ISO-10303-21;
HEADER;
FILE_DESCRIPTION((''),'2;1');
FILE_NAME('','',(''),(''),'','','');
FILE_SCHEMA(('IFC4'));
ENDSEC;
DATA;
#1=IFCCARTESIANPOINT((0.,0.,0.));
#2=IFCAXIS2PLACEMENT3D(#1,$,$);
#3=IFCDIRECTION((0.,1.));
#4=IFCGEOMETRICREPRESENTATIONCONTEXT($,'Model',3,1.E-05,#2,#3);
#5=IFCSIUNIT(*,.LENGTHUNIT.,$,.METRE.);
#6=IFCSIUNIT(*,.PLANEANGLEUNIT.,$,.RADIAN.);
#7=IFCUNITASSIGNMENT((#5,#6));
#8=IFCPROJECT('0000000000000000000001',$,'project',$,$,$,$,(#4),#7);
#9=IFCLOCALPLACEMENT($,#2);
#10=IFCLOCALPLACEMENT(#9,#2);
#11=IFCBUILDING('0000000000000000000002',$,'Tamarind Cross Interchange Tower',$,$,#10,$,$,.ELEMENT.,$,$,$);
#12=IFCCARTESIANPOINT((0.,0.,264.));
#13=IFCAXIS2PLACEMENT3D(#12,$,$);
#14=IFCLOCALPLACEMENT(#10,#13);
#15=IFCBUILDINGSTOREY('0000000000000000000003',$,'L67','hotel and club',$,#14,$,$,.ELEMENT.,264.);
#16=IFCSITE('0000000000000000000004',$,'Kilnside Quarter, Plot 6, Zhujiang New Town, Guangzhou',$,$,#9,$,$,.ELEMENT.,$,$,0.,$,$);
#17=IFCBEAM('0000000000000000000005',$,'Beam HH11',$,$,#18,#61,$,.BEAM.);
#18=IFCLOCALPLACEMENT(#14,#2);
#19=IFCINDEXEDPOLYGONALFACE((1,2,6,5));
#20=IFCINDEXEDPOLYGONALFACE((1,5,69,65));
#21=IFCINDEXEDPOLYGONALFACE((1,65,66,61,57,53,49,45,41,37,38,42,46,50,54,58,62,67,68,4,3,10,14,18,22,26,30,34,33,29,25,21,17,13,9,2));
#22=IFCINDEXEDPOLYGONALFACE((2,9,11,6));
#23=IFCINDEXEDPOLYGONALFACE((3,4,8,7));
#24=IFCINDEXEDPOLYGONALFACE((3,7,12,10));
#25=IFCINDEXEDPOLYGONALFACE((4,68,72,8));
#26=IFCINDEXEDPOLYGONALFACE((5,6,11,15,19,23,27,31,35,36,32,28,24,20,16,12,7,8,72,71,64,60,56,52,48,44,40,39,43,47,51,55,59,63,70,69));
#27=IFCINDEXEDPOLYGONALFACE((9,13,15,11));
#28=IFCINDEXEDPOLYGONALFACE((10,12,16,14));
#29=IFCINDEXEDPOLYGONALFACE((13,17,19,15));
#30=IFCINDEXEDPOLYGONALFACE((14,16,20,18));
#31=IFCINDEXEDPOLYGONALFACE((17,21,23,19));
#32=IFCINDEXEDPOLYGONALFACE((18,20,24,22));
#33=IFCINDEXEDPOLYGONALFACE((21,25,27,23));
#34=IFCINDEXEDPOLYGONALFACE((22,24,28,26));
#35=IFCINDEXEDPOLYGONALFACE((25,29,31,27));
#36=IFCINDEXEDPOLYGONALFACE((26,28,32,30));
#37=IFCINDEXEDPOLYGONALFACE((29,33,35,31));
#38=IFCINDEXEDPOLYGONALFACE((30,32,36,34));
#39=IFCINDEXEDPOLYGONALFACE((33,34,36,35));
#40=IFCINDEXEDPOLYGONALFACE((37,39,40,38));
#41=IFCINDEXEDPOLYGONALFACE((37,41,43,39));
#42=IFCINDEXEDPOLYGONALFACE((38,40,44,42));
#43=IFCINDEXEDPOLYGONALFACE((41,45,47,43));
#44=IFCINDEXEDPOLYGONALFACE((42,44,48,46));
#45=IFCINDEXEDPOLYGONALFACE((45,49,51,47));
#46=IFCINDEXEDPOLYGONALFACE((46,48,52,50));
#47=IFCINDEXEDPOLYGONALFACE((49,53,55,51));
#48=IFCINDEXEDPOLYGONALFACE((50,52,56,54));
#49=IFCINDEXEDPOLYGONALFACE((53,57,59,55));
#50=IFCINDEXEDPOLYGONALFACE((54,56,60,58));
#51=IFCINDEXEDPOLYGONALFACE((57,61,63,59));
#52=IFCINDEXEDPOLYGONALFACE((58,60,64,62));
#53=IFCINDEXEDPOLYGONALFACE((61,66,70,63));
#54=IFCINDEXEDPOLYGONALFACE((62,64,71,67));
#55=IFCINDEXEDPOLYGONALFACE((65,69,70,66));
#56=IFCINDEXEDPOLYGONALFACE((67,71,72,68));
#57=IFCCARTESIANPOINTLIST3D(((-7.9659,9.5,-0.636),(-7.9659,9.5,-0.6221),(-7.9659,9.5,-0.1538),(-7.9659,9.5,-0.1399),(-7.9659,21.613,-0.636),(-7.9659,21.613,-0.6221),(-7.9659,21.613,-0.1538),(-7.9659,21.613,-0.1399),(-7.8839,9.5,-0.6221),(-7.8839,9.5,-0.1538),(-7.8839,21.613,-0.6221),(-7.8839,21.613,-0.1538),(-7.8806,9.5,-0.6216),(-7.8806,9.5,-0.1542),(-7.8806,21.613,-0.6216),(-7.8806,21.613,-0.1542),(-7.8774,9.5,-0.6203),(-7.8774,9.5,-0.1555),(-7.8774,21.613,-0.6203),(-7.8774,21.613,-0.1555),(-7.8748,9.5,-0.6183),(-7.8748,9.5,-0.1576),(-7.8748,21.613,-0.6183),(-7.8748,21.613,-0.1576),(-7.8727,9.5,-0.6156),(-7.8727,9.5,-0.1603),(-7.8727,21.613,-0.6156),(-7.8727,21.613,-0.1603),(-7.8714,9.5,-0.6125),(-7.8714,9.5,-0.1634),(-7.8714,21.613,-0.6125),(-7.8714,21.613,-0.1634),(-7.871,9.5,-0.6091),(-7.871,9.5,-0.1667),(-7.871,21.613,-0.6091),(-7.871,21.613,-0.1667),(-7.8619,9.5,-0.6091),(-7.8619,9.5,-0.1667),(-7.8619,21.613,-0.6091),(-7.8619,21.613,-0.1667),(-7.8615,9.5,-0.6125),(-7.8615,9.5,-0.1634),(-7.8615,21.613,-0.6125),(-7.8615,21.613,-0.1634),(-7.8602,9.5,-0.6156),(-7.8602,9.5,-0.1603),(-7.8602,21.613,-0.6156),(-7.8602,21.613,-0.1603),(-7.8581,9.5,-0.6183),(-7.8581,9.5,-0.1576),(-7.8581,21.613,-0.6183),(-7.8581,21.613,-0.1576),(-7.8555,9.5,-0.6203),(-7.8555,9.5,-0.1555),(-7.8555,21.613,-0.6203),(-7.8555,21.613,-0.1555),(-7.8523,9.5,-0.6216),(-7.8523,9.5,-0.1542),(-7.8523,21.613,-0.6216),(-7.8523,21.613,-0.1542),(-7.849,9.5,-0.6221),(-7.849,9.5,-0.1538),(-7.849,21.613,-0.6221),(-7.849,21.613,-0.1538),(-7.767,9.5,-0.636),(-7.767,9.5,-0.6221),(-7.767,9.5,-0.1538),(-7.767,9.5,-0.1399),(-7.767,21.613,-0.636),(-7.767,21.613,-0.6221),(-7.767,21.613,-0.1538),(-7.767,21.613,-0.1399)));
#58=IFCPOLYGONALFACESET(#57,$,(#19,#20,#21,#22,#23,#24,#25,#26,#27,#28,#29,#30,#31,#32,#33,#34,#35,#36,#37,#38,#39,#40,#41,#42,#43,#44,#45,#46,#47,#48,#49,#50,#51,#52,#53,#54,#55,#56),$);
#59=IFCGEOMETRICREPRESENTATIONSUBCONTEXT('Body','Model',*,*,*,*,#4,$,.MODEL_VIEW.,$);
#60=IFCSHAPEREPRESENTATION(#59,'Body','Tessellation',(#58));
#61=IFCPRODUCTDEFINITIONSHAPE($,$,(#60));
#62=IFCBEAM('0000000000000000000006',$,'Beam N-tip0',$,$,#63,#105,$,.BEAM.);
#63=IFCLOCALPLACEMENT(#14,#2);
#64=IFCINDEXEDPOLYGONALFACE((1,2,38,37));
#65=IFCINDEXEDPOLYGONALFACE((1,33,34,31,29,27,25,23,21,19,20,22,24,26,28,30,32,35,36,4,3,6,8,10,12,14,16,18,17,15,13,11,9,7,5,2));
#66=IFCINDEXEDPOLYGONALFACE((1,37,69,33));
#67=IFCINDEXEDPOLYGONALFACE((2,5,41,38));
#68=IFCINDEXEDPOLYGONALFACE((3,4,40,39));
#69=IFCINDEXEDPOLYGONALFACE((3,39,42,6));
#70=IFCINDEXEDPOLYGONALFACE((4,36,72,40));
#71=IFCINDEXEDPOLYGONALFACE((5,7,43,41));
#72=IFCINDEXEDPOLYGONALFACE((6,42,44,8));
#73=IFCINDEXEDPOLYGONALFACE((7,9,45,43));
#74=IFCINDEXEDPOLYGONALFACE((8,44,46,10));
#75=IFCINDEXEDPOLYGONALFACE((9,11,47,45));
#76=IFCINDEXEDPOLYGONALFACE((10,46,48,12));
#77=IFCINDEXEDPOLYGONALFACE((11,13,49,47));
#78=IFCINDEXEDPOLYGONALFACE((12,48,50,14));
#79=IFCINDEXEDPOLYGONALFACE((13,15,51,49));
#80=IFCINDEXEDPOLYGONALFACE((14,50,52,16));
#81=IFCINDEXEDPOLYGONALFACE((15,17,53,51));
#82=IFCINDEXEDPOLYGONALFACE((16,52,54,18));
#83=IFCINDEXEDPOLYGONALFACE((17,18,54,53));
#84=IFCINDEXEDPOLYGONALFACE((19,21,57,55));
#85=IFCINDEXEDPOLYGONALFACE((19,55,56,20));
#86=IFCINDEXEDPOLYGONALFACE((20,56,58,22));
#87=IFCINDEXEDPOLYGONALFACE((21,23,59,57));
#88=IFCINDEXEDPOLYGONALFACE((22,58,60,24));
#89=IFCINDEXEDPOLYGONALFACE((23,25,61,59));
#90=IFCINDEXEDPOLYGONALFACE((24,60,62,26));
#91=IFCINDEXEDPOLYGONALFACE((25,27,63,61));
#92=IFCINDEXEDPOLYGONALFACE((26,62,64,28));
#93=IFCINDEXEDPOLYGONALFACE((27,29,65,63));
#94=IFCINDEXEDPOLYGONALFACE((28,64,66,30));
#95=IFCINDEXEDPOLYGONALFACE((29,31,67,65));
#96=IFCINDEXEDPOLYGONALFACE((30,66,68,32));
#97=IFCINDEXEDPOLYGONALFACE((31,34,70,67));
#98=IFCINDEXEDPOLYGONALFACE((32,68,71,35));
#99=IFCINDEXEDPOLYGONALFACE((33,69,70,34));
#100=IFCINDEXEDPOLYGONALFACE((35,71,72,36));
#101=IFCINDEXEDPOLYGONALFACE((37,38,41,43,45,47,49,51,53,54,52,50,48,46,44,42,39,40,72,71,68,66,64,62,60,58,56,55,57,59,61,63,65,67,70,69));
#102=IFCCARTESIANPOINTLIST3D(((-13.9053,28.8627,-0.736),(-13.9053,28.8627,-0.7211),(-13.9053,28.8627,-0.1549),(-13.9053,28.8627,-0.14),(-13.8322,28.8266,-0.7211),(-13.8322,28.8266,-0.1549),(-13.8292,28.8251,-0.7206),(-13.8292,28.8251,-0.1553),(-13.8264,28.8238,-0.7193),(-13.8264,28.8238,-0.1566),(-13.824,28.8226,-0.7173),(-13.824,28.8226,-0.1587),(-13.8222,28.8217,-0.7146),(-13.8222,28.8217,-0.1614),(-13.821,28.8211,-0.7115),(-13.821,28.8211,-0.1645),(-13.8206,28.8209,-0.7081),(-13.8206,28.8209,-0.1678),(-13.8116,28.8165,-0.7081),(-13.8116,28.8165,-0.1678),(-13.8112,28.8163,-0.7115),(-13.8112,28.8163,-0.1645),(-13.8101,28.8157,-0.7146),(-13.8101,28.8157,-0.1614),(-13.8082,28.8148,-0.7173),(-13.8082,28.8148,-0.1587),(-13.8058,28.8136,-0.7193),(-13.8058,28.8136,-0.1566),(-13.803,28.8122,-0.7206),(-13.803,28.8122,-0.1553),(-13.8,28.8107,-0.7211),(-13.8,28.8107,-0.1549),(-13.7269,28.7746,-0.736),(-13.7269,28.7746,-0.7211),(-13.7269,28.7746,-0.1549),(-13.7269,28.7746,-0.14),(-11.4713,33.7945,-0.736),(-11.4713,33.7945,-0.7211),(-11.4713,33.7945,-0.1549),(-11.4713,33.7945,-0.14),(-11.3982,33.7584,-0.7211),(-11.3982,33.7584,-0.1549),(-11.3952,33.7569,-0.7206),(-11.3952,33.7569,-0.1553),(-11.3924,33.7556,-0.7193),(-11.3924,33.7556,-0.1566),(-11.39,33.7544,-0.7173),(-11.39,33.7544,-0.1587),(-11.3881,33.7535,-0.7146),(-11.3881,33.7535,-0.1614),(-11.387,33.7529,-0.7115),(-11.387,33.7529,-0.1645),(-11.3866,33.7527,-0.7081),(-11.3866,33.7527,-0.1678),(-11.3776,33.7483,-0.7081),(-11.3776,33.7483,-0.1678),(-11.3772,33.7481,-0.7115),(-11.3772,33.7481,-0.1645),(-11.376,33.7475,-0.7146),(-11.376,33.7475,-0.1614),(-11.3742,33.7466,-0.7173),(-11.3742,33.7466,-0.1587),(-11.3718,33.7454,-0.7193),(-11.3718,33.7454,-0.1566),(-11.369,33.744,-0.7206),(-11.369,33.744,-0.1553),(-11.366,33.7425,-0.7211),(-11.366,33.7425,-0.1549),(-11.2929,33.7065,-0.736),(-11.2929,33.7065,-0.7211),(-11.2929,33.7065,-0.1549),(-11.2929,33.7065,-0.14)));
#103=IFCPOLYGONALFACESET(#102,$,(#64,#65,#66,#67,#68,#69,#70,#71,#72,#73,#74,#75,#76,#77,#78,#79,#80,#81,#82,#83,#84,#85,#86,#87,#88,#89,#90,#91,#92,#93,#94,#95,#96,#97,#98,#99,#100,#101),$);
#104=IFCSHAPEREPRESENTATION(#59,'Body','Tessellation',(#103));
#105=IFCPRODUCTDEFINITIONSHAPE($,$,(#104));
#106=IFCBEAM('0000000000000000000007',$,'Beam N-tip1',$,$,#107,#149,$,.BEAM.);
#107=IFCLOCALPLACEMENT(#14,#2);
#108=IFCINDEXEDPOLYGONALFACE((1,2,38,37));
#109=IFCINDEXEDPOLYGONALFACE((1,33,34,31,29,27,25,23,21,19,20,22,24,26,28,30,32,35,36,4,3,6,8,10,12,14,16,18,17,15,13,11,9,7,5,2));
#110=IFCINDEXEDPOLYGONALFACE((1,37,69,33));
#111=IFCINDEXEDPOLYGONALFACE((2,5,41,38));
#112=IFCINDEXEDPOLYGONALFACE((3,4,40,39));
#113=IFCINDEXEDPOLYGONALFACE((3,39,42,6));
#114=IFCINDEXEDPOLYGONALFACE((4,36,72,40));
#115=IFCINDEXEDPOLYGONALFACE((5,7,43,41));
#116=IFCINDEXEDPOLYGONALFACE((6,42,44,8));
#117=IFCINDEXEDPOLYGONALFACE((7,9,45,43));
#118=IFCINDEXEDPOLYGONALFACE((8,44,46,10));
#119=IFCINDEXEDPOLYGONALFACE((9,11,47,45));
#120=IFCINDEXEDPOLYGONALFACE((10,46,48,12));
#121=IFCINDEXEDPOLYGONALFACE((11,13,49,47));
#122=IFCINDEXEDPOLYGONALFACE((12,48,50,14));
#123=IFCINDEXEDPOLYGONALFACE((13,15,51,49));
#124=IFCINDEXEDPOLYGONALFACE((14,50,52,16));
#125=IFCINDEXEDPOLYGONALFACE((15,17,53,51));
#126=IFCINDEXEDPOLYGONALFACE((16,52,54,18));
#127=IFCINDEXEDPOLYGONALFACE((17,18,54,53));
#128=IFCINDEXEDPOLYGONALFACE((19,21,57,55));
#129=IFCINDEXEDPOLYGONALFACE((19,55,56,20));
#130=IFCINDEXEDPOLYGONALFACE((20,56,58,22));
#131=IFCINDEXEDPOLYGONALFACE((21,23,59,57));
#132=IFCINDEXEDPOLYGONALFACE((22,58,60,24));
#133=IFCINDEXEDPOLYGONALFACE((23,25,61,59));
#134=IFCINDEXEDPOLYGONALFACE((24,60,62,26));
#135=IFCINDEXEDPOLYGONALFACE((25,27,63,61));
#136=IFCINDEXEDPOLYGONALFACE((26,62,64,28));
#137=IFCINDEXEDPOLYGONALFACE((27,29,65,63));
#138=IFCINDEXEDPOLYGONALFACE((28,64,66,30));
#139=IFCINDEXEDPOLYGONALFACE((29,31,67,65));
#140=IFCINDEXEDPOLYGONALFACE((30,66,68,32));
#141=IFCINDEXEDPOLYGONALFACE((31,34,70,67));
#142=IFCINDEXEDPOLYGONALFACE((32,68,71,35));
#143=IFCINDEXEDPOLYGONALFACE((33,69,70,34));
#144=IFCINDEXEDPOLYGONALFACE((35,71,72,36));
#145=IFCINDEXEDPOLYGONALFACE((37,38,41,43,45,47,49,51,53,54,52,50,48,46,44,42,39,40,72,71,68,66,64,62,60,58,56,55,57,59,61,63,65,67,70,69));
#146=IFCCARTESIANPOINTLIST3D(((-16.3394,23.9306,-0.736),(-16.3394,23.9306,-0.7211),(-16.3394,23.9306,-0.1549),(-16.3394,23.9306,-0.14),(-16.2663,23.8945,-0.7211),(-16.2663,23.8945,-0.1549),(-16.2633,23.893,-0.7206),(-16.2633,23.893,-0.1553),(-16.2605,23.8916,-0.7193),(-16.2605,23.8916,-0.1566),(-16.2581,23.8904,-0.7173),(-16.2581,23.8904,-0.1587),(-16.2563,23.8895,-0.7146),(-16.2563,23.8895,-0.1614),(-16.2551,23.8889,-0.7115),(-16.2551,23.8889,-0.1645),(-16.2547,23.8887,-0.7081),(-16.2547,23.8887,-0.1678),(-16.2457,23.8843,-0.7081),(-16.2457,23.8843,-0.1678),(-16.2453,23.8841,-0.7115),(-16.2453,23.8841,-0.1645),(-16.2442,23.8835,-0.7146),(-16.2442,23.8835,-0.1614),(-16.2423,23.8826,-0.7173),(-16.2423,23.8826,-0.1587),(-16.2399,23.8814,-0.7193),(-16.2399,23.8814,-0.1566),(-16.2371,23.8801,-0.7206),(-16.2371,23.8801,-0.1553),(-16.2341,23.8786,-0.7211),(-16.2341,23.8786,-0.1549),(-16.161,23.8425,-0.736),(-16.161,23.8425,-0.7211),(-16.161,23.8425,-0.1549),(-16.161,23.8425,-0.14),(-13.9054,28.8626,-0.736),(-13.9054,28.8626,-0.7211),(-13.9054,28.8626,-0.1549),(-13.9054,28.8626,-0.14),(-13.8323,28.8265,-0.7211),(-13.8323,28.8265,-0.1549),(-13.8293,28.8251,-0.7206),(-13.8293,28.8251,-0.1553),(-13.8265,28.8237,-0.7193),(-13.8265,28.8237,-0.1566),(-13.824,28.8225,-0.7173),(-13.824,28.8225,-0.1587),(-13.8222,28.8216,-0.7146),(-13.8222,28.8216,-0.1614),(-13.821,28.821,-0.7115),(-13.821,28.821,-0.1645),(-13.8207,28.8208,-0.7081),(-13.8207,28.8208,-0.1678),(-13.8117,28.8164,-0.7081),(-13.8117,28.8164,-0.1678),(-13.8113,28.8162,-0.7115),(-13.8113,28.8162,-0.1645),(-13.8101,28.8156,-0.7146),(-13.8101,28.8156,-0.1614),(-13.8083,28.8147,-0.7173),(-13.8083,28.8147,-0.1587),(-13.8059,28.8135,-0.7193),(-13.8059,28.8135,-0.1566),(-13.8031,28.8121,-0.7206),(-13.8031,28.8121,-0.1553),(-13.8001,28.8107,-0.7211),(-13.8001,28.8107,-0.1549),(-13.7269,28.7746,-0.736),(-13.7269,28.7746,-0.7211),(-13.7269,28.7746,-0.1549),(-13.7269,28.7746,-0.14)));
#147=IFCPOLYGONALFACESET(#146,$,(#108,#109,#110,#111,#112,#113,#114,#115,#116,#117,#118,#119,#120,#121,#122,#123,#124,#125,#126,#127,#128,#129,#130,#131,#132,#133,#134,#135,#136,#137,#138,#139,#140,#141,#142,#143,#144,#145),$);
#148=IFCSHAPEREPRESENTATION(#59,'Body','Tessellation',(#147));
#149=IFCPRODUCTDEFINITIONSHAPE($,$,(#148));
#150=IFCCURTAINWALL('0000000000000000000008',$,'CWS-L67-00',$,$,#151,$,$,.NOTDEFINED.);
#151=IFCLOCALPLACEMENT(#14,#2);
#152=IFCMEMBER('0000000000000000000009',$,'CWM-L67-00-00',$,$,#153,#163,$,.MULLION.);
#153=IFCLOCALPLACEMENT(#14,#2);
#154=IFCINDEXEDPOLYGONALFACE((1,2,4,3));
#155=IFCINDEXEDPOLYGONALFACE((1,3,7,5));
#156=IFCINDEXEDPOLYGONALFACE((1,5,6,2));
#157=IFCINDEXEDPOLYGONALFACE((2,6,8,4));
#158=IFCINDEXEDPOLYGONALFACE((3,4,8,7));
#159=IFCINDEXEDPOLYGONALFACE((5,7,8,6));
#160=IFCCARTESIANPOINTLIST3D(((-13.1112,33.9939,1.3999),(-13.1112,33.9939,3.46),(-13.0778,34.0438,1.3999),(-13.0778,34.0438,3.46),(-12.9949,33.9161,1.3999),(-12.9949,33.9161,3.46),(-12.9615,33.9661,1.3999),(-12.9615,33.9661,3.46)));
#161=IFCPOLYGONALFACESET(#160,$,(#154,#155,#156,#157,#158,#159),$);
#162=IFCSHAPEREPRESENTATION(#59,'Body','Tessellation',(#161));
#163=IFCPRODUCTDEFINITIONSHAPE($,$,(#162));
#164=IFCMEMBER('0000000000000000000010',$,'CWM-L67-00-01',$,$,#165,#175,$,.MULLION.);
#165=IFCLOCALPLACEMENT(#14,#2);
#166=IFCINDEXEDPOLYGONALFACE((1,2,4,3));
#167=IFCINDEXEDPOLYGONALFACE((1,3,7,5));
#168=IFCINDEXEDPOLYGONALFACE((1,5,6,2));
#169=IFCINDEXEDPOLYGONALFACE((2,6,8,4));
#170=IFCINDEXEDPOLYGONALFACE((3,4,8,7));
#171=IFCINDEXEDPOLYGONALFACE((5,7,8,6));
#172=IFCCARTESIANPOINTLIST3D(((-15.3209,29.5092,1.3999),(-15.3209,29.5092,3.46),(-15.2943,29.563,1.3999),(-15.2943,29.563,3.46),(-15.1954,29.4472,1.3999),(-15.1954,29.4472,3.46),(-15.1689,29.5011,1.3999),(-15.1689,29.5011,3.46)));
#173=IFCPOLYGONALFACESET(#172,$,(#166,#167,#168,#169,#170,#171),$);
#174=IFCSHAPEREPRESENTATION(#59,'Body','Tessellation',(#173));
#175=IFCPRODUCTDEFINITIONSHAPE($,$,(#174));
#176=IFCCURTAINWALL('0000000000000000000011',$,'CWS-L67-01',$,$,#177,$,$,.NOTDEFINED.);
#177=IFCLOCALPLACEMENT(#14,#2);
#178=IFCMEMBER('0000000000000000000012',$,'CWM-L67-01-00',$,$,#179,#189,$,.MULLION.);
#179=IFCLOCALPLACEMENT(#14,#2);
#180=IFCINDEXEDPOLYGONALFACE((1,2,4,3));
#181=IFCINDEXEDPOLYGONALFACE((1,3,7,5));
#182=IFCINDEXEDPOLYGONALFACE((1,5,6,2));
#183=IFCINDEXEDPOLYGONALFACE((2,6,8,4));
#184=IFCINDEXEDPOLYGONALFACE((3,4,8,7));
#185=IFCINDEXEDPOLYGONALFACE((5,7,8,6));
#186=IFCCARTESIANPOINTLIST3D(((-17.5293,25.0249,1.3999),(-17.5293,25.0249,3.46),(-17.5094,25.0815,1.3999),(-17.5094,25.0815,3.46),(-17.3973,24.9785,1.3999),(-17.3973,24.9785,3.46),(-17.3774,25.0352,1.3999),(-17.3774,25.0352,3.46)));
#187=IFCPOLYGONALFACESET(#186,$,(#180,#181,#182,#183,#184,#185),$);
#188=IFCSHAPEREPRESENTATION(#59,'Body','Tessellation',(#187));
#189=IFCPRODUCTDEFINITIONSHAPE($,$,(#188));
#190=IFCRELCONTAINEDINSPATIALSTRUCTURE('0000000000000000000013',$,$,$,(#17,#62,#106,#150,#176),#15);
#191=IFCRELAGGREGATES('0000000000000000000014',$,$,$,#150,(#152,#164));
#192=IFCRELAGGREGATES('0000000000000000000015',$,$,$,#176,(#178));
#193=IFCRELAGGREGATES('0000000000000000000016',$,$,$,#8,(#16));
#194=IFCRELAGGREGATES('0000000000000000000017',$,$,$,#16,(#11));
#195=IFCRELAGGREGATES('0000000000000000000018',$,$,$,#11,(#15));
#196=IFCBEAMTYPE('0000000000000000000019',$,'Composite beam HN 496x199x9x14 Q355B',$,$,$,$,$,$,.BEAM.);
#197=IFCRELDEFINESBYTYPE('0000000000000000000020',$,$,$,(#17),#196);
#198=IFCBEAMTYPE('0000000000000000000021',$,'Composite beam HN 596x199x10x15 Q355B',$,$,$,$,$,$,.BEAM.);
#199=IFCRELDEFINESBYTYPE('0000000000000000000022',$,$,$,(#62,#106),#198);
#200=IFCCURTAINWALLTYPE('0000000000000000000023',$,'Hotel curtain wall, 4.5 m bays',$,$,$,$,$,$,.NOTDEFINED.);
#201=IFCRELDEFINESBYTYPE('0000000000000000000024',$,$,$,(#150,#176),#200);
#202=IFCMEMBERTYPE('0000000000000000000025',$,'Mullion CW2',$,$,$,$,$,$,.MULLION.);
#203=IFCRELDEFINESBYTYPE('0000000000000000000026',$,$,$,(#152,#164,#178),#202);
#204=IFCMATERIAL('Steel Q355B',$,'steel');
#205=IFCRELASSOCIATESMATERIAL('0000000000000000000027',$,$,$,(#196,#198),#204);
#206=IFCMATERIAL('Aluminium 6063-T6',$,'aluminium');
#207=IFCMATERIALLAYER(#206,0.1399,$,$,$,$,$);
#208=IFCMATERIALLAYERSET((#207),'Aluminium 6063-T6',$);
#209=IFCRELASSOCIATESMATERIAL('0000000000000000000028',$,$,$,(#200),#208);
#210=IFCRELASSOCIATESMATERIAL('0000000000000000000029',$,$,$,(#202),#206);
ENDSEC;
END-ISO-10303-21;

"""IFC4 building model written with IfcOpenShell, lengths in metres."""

from ifc_helpers import new_model, si_unit, direction, frame, origin, origin_2d, place, context, subcontext, project, spatial, rectangle, i_section, extrude, material, layer, layer_set, material_profile, profile_set, type_object, element, aggregate, save


model = new_model("IFC4")

# Units and contexts
model_context = context("Model", 3, precision=1e-05, world=origin(), true_north=direction((0.0, 1.0)))
body_context = subcontext(model_context, "Body", "Model", "MODEL_VIEW")
ifc_project = project(units=[si_unit("LENGTHUNIT", "METRE"), si_unit("PLANEANGLEUNIT", "RADIAN")], contexts=[model_context])

# Site, building, storey
site_placement = place(None, origin())
site = spatial("IfcSite", under=ifc_project, at=site_placement, Name="Kilnside Quarter, Plot 6, Zhujiang New Town, Guangzhou", CompositionType="ELEMENT", RefElevation=0.0)
building_placement = place(site_placement, origin())
building = spatial("IfcBuilding", under=site, at=building_placement, Name="Tamarind Cross Interchange Tower", CompositionType="ELEMENT")
storey_placement = place(building_placement, frame((0.0, 0.0, 264.0)))
storey = spatial("IfcBuildingStorey", under=building, at=storey_placement, Name="L67", Description="hotel and club", CompositionType="ELEMENT", Elevation=264.0)

# Beams
ifc_material_1 = material(Name="Steel Q355B", Category="steel")
ifc_material_profile_1 = material_profile(ifc_material_1, i_section(OverallWidth=0.199, OverallDepth=0.4961, WebThickness=0.009, FlangeThickness=0.0139, FilletRadius=0.0129, at=origin_2d()), Name="HN 496x199x9x14")
ifc_profile_set_1 = profile_set([ifc_material_profile_1], Name="Steel Q355B")
beam_type_1 = type_object("IfcBeamType", Name="Composite beam HN 496x199x9x14 Q355B", PredefinedType="BEAM", material=ifc_profile_set_1)
beam_1_placement = place(storey_placement, frame((-7.8665, 21.613, -0.3879), z_axis=(0.0, -1.0, 0.0), x_axis=(1.0, 0.0, 0.0)))
element("IfcBeam", 1, at=beam_1_placement, inside=storey, type_object=beam_type_1, Name="Beam HH11", PredefinedType="BEAM", context=body_context, shape_type="SweptSolid", body=[
    extrude(i_section(OverallWidth=0.199, OverallDepth=0.4961, WebThickness=0.009, FlangeThickness=0.0139, FilletRadius=0.0129, at=origin_2d()), origin(), (0.0, 0.0, 1.0), 12.113),
])
ifc_material_profile_2 = material_profile(ifc_material_1, i_section(OverallWidth=0.199, OverallDepth=0.5959, WebThickness=0.01, FlangeThickness=0.0149, FilletRadius=0.0129, at=origin_2d()), Name="HN 596x199x10x15")
ifc_profile_set_2 = profile_set([ifc_material_profile_2], Name="Steel Q355B")
beam_type_2 = type_object("IfcBeamType", Name="Composite beam HN 596x199x10x15 Q355B", PredefinedType="BEAM", material=ifc_profile_set_2)
beam_2_placement = place(storey_placement, frame((-11.3821, 33.7505, -0.438), z_axis=(-0.442573, -0.896732, 0.0), x_axis=(0.896732, -0.442573, 0.0)))
element("IfcBeam", 2, at=beam_2_placement, inside=storey, type_object=beam_type_2, Name="Beam N-tip0", PredefinedType="BEAM", context=body_context, shape_type="SweptSolid", body=[
    extrude(i_section(OverallWidth=0.199, OverallDepth=0.5959, WebThickness=0.01, FlangeThickness=0.0149, FilletRadius=0.0129, at=origin_2d()), origin(), (0.0, 0.0, 1.0), 5.4998),
])
beam_3_placement = place(storey_placement, frame((-13.8162, 28.8186, -0.438), z_axis=(-0.442556, -0.896741, 0.0), x_axis=(0.896741, -0.442556, 0.0)))
element("IfcBeam", 3, at=beam_3_placement, inside=storey, type_object=beam_type_2, Name="Beam N-tip1", PredefinedType="BEAM", context=body_context, shape_type="SweptSolid", body=[
    extrude(i_section(OverallWidth=0.199, OverallDepth=0.5959, WebThickness=0.01, FlangeThickness=0.0149, FilletRadius=0.0129, at=origin_2d()), origin(), (0.0, 0.0, 1.0), 5.5),
])

# Curtain wall, members
ifc_material_2 = material(Name="Aluminium 6063-T6", Category="aluminium")
ifc_layer_1 = layer(ifc_material_2, 0.1399)
ifc_layer_set_1 = layer_set([ifc_layer_1], Name="Aluminium 6063-T6")
curtain_wall_type = type_object("IfcCurtainWallType", Name="Hotel curtain wall, 4.5 m bays", PredefinedType="NOTDEFINED", material=ifc_layer_set_1)
curtain_wall_1_placement = place(storey_placement, origin())
curtain_wall_1 = element("IfcCurtainWall", 4, at=curtain_wall_1_placement, inside=storey, type_object=curtain_wall_type, Name="CWS-L67-00", PredefinedType="NOTDEFINED")
ifc_material_profile_3 = material_profile(ifc_material_2, rectangle(XDim=0.0601, YDim=0.1399, at=origin_2d()), Name="Mullion CW2")
ifc_profile_set_3 = profile_set([ifc_material_profile_3], Name="Aluminium 6063-T6")
member_type = type_object("IfcMemberType", Name="Mullion CW2", PredefinedType="MULLION", material=ifc_profile_set_3)
member_1_placement = place(storey_placement, frame((-13.0364, 33.98, 1.3999), z_axis=(0.0, 0.0, 1.0), x_axis=(-0.55582, -0.831303, 0.0)))
member_1 = element("IfcMember", 5, at=member_1_placement, type_object=member_type, Name="CWM-L67-00-00", PredefinedType="MULLION", context=body_context, shape_type="SweptSolid", body=[
    extrude(rectangle(XDim=0.0601, YDim=0.1399, at=origin_2d()), origin(), (0.0, 0.0, 1.0), 2.0601),
])
member_2_placement = place(storey_placement, frame((-15.2449, 29.5051, 1.3999), z_axis=(0.0, 0.0, 1.0), x_axis=(-0.442558, -0.89674, 0.0)))
member_2 = element("IfcMember", 6, at=member_2_placement, type_object=member_type, Name="CWM-L67-00-01", PredefinedType="MULLION", context=body_context, shape_type="SweptSolid", body=[
    extrude(rectangle(XDim=0.0601, YDim=0.1399, at=origin_2d()), origin(), (0.0, 0.0, 1.0), 2.0601),
])
aggregate(curtain_wall_1, [member_1, member_2])

# Curtain wall, member
curtain_wall_2_placement = place(storey_placement, origin())
curtain_wall_2 = element("IfcCurtainWall", 7, at=curtain_wall_2_placement, inside=storey, type_object=curtain_wall_type, Name="CWS-L67-01", PredefinedType="NOTDEFINED")
member_3_placement = place(storey_placement, frame((-17.4534, 25.03, 1.3999), z_axis=(0.0, 0.0, 1.0), x_axis=(-0.33127, -0.943536, 0.0)))
member_3 = element("IfcMember", 8, at=member_3_placement, type_object=member_type, Name="CWM-L67-01-00", PredefinedType="MULLION", context=body_context, shape_type="SweptSolid", body=[
    extrude(rectangle(XDim=0.0601, YDim=0.1399, at=origin_2d()), origin(), (0.0, 0.0, 1.0), 2.0601),
])
aggregate(curtain_wall_2, [member_3])

save(model, "model.ifc")
